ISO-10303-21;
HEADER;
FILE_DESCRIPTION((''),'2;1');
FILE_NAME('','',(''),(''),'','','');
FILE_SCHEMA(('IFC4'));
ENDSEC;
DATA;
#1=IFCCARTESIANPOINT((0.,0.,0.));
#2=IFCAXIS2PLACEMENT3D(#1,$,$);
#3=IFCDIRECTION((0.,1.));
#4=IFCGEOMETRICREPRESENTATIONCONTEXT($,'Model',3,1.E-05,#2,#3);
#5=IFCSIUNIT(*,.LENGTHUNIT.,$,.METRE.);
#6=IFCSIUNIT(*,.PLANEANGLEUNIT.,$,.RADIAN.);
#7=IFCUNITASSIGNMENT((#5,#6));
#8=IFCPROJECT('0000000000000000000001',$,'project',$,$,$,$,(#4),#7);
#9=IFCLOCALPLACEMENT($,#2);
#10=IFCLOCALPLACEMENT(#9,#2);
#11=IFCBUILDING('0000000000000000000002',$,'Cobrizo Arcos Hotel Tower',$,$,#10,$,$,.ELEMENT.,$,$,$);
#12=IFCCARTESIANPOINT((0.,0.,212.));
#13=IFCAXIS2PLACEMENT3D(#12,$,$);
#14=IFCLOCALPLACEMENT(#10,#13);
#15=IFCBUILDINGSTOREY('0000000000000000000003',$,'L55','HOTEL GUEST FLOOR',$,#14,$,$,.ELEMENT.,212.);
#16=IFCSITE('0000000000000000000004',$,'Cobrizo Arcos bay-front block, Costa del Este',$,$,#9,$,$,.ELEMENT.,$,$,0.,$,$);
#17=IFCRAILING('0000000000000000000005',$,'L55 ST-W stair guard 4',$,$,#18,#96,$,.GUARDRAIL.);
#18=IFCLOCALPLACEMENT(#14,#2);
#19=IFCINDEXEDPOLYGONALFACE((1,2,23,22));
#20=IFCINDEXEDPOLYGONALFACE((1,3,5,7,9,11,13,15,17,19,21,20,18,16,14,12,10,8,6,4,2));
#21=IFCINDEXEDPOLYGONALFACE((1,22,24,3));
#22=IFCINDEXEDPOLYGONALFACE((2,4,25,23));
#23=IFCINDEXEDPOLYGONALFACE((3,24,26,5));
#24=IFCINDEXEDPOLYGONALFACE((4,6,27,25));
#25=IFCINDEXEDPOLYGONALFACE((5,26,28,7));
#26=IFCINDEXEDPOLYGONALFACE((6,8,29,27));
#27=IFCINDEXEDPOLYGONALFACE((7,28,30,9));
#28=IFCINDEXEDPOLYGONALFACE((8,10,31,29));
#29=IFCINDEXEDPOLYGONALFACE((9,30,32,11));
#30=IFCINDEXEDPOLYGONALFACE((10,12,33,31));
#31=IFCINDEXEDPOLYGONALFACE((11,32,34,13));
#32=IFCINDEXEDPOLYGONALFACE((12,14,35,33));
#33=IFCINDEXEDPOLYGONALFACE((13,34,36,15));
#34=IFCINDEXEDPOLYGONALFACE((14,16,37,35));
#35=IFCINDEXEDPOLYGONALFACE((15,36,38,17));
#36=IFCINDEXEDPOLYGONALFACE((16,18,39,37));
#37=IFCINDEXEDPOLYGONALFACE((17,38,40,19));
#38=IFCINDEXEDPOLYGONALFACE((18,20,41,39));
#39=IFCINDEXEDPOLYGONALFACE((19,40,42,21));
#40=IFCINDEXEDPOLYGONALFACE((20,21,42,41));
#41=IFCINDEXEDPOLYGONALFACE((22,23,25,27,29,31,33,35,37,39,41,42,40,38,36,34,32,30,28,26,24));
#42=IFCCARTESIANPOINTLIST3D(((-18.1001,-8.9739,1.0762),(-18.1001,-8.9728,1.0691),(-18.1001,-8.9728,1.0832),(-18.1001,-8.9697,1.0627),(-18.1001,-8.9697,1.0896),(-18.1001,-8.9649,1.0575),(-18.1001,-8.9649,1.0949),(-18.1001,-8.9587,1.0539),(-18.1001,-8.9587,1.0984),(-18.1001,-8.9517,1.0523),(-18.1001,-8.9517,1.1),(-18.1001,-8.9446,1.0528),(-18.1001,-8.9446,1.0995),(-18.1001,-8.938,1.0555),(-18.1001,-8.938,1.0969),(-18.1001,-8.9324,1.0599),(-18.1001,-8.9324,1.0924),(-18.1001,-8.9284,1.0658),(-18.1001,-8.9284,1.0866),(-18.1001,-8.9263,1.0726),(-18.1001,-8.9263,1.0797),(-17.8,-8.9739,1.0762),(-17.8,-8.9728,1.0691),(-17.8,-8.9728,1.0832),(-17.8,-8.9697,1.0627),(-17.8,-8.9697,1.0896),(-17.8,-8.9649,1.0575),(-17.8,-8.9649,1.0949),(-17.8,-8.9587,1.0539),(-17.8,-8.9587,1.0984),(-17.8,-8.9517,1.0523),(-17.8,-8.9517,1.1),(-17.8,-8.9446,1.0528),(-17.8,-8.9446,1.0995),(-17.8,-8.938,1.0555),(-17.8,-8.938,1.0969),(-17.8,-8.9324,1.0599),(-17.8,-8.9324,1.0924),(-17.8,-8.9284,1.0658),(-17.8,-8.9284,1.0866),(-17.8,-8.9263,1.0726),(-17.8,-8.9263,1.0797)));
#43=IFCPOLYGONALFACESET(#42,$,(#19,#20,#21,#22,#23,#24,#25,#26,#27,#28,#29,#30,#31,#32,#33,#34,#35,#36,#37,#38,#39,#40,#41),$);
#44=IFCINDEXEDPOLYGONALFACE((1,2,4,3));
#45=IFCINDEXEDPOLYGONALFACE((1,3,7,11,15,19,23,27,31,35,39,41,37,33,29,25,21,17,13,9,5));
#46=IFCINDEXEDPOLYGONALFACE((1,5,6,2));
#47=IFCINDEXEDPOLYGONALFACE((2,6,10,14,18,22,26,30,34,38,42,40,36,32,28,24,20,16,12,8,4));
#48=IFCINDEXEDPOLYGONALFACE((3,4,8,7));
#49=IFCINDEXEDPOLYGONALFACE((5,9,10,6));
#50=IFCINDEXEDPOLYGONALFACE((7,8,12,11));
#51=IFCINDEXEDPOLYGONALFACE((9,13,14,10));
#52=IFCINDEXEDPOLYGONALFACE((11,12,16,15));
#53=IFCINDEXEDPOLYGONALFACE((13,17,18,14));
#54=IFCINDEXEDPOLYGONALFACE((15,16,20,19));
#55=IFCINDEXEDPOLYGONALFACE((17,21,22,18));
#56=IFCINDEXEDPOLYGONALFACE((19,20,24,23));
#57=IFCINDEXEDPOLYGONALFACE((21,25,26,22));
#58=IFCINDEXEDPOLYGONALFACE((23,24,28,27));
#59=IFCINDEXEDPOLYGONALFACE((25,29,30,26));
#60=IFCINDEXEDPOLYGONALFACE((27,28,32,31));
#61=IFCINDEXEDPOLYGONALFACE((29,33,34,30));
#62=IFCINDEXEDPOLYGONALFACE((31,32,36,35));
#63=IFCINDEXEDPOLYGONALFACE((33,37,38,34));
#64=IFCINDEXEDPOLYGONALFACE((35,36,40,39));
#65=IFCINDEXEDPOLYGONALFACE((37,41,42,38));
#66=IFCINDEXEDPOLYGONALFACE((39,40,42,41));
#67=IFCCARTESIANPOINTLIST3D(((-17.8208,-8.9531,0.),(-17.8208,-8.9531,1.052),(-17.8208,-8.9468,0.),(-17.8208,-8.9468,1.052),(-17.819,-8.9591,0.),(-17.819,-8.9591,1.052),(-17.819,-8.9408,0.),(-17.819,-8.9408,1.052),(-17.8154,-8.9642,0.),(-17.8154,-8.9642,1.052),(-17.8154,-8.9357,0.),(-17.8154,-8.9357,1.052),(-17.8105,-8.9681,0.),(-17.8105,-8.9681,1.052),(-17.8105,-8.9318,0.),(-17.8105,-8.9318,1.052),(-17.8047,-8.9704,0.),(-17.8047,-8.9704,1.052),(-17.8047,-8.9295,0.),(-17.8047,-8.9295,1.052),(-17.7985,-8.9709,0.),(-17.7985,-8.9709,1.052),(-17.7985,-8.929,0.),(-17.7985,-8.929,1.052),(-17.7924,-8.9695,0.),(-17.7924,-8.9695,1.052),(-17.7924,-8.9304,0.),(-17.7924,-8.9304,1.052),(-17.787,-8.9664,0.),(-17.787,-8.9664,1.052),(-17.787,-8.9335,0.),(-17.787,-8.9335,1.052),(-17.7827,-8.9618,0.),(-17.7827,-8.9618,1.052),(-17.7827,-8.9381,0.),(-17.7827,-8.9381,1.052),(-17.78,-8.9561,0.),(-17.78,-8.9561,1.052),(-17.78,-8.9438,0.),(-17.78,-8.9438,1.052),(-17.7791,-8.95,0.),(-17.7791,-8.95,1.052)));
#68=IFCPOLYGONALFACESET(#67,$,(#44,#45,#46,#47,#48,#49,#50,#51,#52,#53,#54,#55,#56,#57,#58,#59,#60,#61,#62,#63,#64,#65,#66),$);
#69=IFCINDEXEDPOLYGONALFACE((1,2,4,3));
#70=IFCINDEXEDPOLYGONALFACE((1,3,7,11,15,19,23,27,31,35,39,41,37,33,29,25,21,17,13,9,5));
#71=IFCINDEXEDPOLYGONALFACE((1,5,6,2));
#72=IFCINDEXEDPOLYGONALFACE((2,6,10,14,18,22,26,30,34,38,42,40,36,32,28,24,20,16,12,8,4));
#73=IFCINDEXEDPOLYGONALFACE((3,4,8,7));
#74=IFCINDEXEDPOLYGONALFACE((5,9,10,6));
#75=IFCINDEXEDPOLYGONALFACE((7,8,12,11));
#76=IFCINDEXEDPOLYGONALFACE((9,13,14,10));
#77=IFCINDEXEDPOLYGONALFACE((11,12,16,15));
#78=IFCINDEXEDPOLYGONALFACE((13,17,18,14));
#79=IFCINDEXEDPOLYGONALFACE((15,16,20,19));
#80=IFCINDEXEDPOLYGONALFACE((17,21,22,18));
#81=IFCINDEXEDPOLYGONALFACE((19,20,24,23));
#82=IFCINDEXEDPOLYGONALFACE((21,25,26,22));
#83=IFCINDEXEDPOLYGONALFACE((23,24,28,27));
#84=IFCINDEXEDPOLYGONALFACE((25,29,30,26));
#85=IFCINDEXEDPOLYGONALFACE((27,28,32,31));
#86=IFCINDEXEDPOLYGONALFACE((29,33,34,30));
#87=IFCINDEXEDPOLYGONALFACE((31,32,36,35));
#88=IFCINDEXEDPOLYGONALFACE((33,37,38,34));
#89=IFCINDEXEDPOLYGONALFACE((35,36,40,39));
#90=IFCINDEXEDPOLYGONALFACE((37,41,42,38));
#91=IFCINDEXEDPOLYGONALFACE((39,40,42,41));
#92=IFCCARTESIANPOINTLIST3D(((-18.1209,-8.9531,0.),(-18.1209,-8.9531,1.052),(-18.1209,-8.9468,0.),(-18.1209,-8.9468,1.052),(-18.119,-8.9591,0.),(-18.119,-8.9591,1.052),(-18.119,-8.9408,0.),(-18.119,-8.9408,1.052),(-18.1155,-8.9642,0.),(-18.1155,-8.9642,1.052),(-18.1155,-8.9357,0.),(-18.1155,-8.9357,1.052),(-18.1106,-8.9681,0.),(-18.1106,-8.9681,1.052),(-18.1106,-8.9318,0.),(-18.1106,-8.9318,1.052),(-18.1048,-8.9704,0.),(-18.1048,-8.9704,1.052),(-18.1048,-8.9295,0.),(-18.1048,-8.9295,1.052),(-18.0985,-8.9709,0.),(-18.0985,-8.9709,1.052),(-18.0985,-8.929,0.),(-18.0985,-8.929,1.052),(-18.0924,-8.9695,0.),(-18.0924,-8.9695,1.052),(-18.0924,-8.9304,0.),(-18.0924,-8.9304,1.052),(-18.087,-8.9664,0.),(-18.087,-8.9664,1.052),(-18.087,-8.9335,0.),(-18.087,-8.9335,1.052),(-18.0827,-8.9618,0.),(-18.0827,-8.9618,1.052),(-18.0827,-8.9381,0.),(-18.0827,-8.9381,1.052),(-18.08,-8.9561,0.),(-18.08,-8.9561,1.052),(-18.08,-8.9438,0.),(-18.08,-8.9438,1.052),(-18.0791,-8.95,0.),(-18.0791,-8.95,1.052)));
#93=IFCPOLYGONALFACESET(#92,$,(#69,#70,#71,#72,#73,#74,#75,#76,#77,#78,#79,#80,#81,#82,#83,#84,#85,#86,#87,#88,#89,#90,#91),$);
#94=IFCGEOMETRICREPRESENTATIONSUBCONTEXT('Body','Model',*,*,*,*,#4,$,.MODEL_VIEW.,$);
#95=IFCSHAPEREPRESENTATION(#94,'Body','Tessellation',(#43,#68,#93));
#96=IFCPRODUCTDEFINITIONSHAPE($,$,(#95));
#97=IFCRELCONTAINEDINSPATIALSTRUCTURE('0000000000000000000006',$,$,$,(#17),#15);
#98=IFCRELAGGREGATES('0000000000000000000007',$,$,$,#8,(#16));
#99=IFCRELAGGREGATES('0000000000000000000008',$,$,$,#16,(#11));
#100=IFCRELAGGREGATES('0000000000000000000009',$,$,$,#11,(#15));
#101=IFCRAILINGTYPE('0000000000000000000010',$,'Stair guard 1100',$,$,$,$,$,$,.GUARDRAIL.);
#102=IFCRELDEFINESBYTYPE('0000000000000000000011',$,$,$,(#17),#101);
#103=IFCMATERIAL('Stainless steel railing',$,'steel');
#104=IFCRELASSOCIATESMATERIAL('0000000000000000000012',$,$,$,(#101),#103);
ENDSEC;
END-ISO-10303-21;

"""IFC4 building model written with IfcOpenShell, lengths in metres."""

from ifc_helpers import new_model, si_unit, direction, frame, origin, origin_2d, place, context, subcontext, project, spatial, circle, extrude, material, type_object, element, save


model = new_model("IFC4")

# Units and contexts
model_context = context("Model", 3, precision=1e-05, world=origin(), true_north=direction((0.0, 1.0)))
body_context = subcontext(model_context, "Body", "Model", "MODEL_VIEW")
ifc_project = project(units=[si_unit("LENGTHUNIT", "METRE"), si_unit("PLANEANGLEUNIT", "RADIAN")], contexts=[model_context])

# Site, building, storey
site_placement = place(None, origin())
site = spatial("IfcSite", under=ifc_project, at=site_placement, Name="Cobrizo Arcos bay-front block, Costa del Este", CompositionType="ELEMENT", RefElevation=0.0)
building_placement = place(site_placement, origin())
building = spatial("IfcBuilding", under=site, at=building_placement, Name="Cobrizo Arcos Hotel Tower", CompositionType="ELEMENT")
storey_placement = place(building_placement, frame((0.0, 0.0, 212.0)))
storey = spatial("IfcBuildingStorey", under=building, at=storey_placement, Name="L55", Description="HOTEL GUEST FLOOR", CompositionType="ELEMENT", Elevation=212.0)

# Railing
ifc_material_1 = material(Name="Stainless steel railing", Category="steel")
railing_type = type_object("IfcRailingType", Name="Stair guard 1100", PredefinedType="GUARDRAIL", material=ifc_material_1)
railing_placement = place(storey_placement, frame((-17.8, -8.95, 0.0)))
element("IfcRailing", 1, at=railing_placement, inside=storey, type_object=railing_type, Name="L55 ST-W stair guard 4", PredefinedType="GUARDRAIL", context=body_context, shape_type="SweptSolid", body=[
    extrude(circle(Radius=0.0239, at=origin_2d()), frame((0.0, 0.0, 1.0762), z_axis=(-1.0, 0.0, 0.0), x_axis=(0.0, -1.0, 0.0)), (0.0, 0.0, 1.0), 0.3),
    extrude(circle(Radius=0.021, at=origin_2d()), origin(), (0.0, 0.0, 1.0), 1.052),
    extrude(circle(Radius=0.021, at=origin_2d()), frame((-0.3, 0.0, 0.0)), (0.0, 0.0, 1.0), 1.052),
])

save(model, "model.ifc")
